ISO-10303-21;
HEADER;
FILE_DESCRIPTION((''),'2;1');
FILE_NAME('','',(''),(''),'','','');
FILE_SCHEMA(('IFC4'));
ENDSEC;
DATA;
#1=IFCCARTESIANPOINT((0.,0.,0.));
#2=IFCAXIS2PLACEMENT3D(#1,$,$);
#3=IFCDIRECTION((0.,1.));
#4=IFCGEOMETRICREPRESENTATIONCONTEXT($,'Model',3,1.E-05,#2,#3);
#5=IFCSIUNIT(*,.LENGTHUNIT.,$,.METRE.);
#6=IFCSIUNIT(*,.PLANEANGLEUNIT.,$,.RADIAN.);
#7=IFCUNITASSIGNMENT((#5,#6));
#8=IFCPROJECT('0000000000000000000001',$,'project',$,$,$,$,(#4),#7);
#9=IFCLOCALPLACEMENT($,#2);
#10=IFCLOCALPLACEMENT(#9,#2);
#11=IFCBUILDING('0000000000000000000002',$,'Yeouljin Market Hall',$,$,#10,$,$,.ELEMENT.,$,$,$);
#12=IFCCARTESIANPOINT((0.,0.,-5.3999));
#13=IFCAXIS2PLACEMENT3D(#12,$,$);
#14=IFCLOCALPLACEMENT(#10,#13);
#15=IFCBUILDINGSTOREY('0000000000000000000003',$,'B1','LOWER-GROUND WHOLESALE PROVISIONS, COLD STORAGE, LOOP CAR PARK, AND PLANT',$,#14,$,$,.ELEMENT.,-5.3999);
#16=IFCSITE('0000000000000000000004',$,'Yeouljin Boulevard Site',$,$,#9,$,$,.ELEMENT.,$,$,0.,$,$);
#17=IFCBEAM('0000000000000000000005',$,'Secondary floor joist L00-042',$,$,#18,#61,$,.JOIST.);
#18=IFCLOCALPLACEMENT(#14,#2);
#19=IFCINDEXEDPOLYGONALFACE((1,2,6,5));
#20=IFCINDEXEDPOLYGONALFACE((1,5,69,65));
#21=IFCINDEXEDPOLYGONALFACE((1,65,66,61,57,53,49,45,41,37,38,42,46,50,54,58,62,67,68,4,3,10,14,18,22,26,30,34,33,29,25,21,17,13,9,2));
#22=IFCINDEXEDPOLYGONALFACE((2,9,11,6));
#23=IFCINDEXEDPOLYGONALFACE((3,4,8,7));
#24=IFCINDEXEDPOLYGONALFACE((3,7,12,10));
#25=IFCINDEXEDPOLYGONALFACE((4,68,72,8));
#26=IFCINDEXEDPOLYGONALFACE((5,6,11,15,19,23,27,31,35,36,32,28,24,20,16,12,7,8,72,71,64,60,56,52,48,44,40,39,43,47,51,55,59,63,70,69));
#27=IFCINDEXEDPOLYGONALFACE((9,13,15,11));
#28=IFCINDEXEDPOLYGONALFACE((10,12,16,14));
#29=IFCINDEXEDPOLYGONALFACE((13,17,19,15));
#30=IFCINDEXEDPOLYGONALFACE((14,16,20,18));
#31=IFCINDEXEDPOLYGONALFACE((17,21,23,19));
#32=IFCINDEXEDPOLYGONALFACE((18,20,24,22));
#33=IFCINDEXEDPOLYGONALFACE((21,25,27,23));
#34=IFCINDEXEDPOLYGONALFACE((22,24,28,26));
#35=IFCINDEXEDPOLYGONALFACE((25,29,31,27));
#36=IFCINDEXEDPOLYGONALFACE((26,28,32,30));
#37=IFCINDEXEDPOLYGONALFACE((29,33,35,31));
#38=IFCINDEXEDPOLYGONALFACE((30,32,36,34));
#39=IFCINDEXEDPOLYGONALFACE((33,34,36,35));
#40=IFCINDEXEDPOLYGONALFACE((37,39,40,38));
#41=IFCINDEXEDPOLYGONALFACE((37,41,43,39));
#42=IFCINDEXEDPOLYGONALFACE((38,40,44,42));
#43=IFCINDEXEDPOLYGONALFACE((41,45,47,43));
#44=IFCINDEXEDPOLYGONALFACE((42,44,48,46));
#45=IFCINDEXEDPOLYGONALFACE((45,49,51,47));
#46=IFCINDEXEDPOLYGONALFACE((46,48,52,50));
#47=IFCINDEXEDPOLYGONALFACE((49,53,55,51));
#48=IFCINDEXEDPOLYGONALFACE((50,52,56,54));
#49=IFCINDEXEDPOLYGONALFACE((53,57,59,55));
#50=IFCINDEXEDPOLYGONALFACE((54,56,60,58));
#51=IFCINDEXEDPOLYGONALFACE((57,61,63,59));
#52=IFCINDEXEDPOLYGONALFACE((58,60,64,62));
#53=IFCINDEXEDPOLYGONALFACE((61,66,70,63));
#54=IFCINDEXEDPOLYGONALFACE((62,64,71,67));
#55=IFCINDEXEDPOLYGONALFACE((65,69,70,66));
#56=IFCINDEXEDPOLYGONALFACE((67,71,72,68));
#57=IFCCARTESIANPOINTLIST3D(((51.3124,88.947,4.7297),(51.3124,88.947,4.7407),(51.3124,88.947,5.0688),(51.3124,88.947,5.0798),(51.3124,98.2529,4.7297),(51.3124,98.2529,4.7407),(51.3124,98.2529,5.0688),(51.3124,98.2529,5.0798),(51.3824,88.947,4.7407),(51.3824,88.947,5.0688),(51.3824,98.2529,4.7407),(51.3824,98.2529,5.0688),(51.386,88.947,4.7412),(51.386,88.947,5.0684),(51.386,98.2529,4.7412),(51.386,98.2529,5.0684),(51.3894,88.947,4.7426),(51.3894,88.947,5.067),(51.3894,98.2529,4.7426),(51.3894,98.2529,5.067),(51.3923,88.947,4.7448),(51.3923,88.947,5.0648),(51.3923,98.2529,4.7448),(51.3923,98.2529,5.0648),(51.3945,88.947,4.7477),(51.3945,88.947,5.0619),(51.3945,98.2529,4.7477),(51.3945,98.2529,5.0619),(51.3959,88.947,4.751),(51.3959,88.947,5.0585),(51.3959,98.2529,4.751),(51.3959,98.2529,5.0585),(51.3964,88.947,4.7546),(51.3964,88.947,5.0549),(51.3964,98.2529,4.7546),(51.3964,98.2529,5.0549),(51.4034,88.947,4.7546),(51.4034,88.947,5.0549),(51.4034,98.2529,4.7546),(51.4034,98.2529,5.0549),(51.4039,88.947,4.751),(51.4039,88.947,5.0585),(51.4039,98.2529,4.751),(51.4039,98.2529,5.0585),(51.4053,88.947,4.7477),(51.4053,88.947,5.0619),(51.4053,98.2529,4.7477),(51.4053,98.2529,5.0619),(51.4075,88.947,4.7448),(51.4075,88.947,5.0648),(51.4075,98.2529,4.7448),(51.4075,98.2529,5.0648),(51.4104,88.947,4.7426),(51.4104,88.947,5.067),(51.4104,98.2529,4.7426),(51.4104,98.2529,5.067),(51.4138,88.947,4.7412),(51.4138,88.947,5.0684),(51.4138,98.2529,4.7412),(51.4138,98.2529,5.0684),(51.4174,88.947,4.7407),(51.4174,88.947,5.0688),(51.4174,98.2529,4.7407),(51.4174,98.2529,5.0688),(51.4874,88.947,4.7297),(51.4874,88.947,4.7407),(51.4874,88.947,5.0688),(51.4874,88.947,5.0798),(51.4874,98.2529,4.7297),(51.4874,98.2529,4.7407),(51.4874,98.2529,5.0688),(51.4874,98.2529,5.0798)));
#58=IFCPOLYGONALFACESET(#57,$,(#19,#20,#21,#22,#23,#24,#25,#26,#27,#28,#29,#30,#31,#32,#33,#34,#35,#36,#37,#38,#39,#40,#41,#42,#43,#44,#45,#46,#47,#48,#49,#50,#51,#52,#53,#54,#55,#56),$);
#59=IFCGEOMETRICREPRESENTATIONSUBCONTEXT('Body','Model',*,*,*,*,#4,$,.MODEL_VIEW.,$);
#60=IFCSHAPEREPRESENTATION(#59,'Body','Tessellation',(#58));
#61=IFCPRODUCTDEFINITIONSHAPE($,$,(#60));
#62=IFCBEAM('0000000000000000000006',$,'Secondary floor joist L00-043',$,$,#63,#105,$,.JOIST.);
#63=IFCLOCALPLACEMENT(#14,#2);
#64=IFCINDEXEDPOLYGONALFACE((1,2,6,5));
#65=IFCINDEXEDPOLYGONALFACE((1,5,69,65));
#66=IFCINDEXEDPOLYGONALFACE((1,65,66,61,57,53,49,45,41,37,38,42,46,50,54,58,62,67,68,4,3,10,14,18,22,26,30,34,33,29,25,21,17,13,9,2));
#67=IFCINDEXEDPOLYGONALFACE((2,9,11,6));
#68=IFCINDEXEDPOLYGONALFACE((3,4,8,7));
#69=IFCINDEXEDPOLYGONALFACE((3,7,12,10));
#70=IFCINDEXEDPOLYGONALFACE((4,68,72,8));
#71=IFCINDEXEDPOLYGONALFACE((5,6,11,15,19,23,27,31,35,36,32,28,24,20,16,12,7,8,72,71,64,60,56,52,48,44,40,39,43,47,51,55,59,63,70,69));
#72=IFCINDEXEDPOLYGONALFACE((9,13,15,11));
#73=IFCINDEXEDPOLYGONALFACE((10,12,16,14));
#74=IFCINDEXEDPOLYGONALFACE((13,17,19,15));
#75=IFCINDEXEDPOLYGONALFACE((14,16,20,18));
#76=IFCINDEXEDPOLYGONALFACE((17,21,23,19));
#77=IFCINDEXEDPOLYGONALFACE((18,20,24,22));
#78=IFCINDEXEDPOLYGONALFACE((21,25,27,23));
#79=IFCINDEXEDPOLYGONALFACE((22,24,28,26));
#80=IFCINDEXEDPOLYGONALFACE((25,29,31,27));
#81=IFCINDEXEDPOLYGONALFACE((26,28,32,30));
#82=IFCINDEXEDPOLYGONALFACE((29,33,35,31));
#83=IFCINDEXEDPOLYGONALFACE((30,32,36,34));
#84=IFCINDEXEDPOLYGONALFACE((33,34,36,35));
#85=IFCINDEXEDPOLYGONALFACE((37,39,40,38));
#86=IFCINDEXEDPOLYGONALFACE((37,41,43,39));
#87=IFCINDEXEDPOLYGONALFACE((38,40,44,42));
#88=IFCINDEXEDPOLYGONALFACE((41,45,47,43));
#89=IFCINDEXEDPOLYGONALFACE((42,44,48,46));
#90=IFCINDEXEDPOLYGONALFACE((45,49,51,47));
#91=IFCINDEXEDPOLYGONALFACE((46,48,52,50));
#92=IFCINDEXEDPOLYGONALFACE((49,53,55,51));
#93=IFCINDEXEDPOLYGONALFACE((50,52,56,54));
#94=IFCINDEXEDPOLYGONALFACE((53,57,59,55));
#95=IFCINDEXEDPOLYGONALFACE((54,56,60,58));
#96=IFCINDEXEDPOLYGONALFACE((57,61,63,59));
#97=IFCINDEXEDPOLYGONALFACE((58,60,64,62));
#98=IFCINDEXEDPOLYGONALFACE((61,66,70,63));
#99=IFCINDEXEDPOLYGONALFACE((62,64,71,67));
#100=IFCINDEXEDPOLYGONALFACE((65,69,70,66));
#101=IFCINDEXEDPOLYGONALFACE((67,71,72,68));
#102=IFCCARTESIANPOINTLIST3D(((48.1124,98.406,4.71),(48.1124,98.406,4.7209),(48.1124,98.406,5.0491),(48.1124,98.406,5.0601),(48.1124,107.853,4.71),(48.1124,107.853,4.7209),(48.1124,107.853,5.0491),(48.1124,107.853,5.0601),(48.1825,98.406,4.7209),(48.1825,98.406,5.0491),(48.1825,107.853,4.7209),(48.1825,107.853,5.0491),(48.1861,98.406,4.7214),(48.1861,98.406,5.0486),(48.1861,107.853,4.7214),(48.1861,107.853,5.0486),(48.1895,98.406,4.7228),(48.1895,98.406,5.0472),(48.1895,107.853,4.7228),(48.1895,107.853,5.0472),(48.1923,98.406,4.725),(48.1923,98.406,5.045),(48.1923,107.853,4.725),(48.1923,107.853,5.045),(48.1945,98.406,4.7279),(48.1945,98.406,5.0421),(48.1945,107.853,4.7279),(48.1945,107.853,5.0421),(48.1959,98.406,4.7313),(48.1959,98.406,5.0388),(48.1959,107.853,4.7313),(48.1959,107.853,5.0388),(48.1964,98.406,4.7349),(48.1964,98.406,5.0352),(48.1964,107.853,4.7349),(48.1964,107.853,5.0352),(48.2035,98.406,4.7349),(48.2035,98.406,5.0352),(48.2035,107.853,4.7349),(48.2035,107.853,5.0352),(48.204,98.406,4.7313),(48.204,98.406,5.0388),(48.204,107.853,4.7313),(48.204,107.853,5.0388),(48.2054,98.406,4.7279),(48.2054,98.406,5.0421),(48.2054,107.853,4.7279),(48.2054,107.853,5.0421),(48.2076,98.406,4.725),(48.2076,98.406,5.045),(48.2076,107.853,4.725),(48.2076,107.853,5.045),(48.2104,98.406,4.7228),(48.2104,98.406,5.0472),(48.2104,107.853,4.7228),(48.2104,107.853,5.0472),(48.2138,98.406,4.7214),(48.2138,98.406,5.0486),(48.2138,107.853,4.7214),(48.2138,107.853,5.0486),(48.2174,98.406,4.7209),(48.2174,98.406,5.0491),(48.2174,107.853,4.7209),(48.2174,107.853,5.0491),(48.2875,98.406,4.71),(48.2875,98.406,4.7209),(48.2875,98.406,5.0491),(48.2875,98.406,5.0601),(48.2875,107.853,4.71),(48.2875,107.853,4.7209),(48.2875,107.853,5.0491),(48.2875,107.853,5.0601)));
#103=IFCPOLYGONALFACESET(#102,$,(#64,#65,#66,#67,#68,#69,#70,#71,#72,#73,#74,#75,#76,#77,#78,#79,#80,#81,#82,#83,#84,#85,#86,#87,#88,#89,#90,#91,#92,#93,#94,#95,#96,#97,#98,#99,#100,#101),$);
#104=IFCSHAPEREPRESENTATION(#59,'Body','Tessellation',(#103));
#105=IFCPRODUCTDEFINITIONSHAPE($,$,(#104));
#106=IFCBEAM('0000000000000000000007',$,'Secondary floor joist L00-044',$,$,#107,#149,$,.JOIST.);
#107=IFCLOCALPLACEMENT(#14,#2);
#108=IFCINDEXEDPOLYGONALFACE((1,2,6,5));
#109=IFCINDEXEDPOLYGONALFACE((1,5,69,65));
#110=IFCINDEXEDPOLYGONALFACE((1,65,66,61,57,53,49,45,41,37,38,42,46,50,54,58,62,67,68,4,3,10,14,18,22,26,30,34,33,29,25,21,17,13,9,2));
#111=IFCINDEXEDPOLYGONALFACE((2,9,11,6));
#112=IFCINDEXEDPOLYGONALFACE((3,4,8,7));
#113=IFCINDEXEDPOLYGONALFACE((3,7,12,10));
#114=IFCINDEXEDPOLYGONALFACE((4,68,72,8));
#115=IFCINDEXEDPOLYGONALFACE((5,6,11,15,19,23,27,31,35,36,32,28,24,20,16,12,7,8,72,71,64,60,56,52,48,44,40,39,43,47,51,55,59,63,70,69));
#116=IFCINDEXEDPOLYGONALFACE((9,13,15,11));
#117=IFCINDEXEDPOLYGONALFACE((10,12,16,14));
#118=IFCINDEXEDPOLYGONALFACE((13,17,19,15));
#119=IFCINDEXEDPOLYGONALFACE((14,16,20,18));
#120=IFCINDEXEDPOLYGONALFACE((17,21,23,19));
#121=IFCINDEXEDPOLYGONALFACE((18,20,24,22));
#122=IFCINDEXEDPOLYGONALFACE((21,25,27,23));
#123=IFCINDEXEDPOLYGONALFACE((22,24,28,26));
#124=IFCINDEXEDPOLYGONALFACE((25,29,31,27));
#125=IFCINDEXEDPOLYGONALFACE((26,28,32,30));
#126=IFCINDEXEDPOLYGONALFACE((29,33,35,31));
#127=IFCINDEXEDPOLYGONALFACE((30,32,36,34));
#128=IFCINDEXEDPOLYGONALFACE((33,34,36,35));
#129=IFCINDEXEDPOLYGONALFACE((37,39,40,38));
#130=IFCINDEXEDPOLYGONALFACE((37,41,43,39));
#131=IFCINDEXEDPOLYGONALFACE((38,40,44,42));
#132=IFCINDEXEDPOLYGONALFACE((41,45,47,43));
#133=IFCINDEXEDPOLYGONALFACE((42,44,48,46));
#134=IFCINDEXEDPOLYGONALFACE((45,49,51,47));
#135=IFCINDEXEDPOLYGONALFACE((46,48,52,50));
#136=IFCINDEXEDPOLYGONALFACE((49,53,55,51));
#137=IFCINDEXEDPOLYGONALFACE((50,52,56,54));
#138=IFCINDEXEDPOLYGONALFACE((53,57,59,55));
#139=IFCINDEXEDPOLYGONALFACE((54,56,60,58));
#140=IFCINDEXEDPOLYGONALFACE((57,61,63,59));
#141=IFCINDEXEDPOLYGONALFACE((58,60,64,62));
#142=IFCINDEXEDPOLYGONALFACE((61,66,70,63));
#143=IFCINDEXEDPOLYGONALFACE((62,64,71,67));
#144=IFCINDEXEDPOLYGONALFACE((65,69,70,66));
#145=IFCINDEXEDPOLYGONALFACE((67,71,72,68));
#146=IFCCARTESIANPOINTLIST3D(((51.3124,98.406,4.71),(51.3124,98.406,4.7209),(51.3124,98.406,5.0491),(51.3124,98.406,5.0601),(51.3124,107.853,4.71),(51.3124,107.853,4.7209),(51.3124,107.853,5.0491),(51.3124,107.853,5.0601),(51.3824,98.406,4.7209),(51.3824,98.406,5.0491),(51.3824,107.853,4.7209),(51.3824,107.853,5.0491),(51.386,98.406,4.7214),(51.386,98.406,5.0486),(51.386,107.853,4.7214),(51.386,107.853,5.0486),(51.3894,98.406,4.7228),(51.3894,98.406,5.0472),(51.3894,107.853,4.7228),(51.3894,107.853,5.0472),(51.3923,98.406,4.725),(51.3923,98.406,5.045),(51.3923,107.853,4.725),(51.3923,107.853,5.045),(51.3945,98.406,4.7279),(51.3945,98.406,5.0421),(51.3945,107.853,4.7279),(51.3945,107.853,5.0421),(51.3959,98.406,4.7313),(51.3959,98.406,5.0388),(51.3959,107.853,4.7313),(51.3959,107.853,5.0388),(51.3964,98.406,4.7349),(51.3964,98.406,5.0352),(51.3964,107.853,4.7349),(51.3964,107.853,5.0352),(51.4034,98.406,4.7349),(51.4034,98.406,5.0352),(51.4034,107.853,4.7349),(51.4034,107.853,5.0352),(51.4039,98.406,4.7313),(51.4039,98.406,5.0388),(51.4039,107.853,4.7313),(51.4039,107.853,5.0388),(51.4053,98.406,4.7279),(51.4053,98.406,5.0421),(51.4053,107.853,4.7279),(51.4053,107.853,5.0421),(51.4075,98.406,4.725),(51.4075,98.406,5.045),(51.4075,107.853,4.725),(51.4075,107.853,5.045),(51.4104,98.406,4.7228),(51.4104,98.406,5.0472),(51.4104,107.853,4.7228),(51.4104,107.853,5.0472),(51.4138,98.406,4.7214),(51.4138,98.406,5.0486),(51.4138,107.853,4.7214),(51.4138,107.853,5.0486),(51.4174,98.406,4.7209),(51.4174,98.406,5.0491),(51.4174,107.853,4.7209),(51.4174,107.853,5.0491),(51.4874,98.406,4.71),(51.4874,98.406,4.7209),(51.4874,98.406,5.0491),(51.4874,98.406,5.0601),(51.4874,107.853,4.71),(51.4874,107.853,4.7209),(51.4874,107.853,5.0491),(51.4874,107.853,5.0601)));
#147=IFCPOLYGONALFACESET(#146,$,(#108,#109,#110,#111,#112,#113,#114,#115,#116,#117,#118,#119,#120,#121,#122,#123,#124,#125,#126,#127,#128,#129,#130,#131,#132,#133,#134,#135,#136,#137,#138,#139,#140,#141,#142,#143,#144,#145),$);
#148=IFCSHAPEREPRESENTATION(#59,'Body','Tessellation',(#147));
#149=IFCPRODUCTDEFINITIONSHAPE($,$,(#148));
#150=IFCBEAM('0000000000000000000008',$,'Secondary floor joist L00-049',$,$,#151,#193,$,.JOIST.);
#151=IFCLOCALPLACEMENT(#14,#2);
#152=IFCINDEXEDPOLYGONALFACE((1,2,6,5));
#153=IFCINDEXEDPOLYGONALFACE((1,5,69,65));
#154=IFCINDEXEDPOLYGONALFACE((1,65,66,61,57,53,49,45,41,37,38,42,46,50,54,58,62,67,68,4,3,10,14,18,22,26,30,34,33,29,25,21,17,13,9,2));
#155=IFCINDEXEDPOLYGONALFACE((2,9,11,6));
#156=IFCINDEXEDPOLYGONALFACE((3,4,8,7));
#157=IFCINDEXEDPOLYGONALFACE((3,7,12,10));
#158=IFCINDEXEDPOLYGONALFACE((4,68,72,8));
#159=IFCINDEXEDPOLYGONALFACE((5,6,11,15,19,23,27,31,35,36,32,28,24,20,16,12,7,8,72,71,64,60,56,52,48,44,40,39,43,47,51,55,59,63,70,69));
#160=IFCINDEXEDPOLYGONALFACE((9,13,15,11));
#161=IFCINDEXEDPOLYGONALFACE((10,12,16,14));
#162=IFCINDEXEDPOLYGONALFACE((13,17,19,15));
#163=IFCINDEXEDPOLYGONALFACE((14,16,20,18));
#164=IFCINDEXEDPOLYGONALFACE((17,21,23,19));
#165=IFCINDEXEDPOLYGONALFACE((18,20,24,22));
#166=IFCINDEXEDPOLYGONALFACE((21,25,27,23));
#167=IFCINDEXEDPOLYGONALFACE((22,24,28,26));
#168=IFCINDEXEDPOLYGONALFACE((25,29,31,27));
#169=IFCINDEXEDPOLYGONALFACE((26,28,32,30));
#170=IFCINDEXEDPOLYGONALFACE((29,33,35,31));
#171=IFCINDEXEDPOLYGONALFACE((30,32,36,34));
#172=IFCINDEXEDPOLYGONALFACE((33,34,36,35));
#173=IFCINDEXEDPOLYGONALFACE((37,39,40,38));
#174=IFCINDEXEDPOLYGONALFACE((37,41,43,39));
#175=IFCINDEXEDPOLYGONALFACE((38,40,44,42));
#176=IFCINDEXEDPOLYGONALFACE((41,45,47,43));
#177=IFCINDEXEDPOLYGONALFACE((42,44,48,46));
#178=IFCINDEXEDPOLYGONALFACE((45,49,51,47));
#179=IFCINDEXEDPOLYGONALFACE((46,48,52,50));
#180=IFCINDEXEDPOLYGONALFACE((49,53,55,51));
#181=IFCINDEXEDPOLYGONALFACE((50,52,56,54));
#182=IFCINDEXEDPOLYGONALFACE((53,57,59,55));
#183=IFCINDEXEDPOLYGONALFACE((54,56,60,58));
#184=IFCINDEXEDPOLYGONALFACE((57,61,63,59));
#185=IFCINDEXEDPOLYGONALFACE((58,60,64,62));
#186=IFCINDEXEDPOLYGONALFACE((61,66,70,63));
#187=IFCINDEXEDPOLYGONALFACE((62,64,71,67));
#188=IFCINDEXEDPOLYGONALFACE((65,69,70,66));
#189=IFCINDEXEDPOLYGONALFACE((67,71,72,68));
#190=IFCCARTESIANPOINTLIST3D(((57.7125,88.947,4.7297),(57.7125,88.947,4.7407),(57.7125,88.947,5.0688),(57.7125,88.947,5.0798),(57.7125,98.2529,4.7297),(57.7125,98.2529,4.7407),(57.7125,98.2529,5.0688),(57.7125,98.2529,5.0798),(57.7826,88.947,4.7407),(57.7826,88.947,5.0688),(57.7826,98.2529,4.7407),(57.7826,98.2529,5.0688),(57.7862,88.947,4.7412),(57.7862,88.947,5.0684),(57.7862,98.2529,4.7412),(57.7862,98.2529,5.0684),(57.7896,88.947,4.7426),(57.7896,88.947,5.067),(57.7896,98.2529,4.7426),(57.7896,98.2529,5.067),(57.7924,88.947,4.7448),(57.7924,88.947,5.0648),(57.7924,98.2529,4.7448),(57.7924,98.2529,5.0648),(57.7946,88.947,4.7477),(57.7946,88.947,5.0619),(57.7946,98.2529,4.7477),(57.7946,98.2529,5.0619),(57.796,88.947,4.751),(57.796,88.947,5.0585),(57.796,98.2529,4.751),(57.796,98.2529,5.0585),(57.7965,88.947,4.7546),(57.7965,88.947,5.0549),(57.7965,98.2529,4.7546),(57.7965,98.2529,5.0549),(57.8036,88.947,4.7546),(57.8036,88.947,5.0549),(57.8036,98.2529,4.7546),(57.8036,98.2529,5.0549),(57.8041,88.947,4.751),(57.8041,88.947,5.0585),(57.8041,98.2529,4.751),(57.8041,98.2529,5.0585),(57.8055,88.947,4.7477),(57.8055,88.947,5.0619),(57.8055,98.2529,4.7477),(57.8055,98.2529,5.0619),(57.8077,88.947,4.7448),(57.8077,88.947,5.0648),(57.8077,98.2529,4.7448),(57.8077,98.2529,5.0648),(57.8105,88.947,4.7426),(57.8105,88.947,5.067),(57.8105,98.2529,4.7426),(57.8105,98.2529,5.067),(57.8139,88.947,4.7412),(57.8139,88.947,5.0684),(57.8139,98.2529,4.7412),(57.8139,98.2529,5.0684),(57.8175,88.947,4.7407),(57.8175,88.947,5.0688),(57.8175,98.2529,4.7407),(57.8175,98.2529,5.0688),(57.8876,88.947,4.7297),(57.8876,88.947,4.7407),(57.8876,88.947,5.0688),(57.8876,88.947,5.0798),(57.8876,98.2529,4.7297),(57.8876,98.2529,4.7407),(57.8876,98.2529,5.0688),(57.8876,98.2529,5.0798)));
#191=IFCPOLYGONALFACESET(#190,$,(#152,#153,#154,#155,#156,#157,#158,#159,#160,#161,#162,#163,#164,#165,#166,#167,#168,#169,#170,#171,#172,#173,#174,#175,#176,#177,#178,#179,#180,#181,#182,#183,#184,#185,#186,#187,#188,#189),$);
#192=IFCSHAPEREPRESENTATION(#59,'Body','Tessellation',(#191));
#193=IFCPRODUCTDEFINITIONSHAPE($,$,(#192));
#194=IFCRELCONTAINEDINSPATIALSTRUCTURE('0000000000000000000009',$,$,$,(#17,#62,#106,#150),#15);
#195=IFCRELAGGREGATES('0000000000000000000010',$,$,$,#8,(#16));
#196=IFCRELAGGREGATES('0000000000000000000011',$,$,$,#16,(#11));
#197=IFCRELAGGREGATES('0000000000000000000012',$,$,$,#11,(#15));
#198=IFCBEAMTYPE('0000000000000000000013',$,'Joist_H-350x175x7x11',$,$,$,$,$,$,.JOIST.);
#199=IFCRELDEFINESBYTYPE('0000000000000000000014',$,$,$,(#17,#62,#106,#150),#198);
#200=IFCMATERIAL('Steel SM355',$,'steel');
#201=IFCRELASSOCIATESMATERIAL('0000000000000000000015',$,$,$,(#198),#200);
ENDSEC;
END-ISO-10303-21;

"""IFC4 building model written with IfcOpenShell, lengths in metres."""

from ifc_helpers import new_model, si_unit, direction, frame, origin, origin_2d, place, context, subcontext, project, spatial, i_section, extrude, material, material_profile, profile_set, type_object, element, save


model = new_model("IFC4")

# Units and contexts
model_context = context("Model", 3, precision=1e-05, world=origin(), true_north=direction((0.0, 1.0)))
body_context = subcontext(model_context, "Body", "Model", "MODEL_VIEW")
ifc_project = project(units=[si_unit("LENGTHUNIT", "METRE"), si_unit("PLANEANGLEUNIT", "RADIAN")], contexts=[model_context])

# Site, building, storey
site_placement = place(None, origin())
site = spatial("IfcSite", under=ifc_project, at=site_placement, Name="Yeouljin Boulevard Site", CompositionType="ELEMENT", RefElevation=0.0)
building_placement = place(site_placement, origin())
building = spatial("IfcBuilding", under=site, at=building_placement, Name="Yeouljin Market Hall", CompositionType="ELEMENT")
storey_placement = place(building_placement, frame((0.0, 0.0, -5.3999)))
storey = spatial("IfcBuildingStorey", under=building, at=storey_placement, Name="B1", Description="LOWER-GROUND WHOLESALE PROVISIONS, COLD STORAGE, LOOP CAR PARK, AND PLANT", CompositionType="ELEMENT", Elevation=-5.3999)

# Beams
ifc_material_1 = material(Name="Steel SM355", Category="steel")
ifc_material_profile_1 = material_profile(ifc_material_1, i_section(OverallWidth=0.175, OverallDepth=0.3501, WebThickness=0.0071, FlangeThickness=0.011, FilletRadius=0.0139, at=origin_2d()), Name="H-350x175x7x11")
ifc_profile_set_1 = profile_set([ifc_material_profile_1], Name="Steel SM355")
beam_type_1 = type_object("IfcBeamType", Name="Joist_H-350x175x7x11", PredefinedType="JOIST", material=ifc_profile_set_1)
for number, where, z_axis, x_axis, name in (
    (1, (51.3999, 88.947, 4.9048), (0.0, 1.0, 0.0), (-1.0, 0.0, 0.0), "Secondary floor joist L00-042"),
):
    element("IfcBeam", number, at=place(storey_placement, frame(where, z_axis=z_axis, x_axis=x_axis)), inside=storey, type_object=beam_type_1, Name=name, PredefinedType="JOIST", context=body_context, shape_type="SweptSolid", body=[
        extrude(i_section(OverallWidth=0.175, OverallDepth=0.3501, WebThickness=0.0071, FlangeThickness=0.011, FilletRadius=0.0139, at=origin_2d()), origin(), (0.0, 0.0, 1.0), 9.3059),
    ])
for number, where, z_axis, x_axis, name in (
    (2, (48.2, 98.406, 4.885), (0.0, 1.0, 0.0), (-1.0, 0.0, 0.0), "Secondary floor joist L00-043"),
    (3, (51.3999, 98.406, 4.885), (0.0, 1.0, 0.0), (-1.0, 0.0, 0.0), "Secondary floor joist L00-044"),
):
    element("IfcBeam", number, at=place(storey_placement, frame(where, z_axis=z_axis, x_axis=x_axis)), inside=storey, type_object=beam_type_1, Name=name, PredefinedType="JOIST", context=body_context, shape_type="SweptSolid", body=[
        extrude(i_section(OverallWidth=0.175, OverallDepth=0.3501, WebThickness=0.0071, FlangeThickness=0.011, FilletRadius=0.0139, at=origin_2d()), origin(), (0.0, 0.0, 1.0), 9.447),
    ])
for number, where, z_axis, x_axis, name in (
    (4, (57.8, 88.947, 4.9048), (0.0, 1.0, 0.0), (-1.0, 0.0, 0.0), "Secondary floor joist L00-049"),
):
    element("IfcBeam", number, at=place(storey_placement, frame(where, z_axis=z_axis, x_axis=x_axis)), inside=storey, type_object=beam_type_1, Name=name, PredefinedType="JOIST", context=body_context, shape_type="SweptSolid", body=[
        extrude(i_section(OverallWidth=0.175, OverallDepth=0.3501, WebThickness=0.0071, FlangeThickness=0.011, FilletRadius=0.0139, at=origin_2d()), origin(), (0.0, 0.0, 1.0), 9.3059),
    ])

save(model, "model.ifc")
